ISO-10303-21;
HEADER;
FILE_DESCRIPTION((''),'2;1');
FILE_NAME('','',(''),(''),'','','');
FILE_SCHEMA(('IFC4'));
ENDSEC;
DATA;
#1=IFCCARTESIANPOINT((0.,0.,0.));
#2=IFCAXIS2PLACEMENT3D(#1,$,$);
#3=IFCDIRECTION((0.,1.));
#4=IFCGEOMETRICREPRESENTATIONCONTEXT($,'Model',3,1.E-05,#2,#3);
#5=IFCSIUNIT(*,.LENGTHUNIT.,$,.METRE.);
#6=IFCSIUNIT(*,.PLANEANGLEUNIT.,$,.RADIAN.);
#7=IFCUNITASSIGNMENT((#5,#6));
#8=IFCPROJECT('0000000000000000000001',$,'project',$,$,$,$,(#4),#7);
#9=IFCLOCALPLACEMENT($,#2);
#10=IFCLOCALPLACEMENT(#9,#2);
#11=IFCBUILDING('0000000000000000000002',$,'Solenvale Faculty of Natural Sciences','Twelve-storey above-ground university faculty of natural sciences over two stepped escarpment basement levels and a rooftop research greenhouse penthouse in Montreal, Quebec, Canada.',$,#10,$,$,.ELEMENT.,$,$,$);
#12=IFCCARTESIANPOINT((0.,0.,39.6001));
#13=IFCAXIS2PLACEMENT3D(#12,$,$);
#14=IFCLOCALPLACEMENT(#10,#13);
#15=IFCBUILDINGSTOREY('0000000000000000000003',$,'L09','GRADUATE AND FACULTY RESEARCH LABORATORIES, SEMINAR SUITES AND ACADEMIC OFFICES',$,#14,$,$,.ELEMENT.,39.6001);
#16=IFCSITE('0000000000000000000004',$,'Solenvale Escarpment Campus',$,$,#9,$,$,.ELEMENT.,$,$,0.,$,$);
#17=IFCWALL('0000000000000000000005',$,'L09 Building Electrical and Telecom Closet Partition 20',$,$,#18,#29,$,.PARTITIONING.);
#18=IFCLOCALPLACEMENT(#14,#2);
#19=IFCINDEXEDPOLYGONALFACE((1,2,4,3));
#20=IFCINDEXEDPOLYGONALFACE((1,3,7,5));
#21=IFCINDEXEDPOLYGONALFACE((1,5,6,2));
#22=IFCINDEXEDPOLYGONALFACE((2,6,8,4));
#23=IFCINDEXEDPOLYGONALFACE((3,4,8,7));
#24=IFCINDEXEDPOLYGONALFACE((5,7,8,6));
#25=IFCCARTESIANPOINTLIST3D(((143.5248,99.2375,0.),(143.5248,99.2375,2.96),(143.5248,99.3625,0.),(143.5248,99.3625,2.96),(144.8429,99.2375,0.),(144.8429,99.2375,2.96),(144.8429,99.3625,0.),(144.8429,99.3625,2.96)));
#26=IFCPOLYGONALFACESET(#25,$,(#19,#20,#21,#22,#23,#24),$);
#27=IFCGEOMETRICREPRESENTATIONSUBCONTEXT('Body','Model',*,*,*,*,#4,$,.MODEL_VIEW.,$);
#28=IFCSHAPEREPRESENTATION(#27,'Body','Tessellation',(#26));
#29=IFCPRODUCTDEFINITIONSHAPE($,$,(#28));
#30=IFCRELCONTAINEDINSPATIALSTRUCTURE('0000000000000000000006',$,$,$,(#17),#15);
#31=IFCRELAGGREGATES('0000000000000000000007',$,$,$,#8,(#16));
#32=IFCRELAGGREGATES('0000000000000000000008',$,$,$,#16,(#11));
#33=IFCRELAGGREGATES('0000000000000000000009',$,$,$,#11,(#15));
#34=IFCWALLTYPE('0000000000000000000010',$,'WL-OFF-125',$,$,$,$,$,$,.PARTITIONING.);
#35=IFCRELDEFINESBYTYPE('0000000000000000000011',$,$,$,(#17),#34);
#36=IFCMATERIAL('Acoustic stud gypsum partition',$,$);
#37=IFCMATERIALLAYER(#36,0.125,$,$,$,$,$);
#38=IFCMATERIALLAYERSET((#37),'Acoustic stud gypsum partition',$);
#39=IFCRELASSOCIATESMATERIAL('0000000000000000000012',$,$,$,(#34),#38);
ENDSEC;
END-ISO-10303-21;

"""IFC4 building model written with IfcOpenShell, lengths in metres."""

from ifc_helpers import new_model, si_unit, direction, frame, frame_2d, origin, place, context, subcontext, project, spatial, rectangle, extrude, material, layer, layer_set, type_object, element, save


model = new_model("IFC4")

# Units and contexts
model_context = context("Model", 3, precision=1e-05, world=origin(), true_north=direction((0.0, 1.0)))
body_context = subcontext(model_context, "Body", "Model", "MODEL_VIEW")
ifc_project = project(units=[si_unit("LENGTHUNIT", "METRE"), si_unit("PLANEANGLEUNIT", "RADIAN")], contexts=[model_context])

# Site, building, storey
site_placement = place(None, origin())
site = spatial("IfcSite", under=ifc_project, at=site_placement, Name="Solenvale Escarpment Campus", CompositionType="ELEMENT", RefElevation=0.0)
building_placement = place(site_placement, origin())
building = spatial("IfcBuilding", under=site, at=building_placement, Name="Solenvale Faculty of Natural Sciences", Description="Twelve-storey above-ground university faculty of natural sciences over two stepped escarpment basement levels and a rooftop research greenhouse penthouse in Montreal, Quebec, Canada.", CompositionType="ELEMENT")
storey_placement = place(building_placement, frame((0.0, 0.0, 39.6001)))
storey = spatial("IfcBuildingStorey", under=building, at=storey_placement, Name="L09", Description="GRADUATE AND FACULTY RESEARCH LABORATORIES, SEMINAR SUITES AND ACADEMIC OFFICES", CompositionType="ELEMENT", Elevation=39.6001)

# Wall
ifc_material_1 = material(Name="Acoustic stud gypsum partition")
ifc_layer_1 = layer(ifc_material_1, 0.125)
ifc_layer_set_1 = layer_set([ifc_layer_1], Name="Acoustic stud gypsum partition")
wall_type_1 = type_object("IfcWallType", Name="WL-OFF-125", PredefinedType="PARTITIONING", material=ifc_layer_set_1)
wall_1_placement = place(storey_placement, frame((144.843, 99.3, 0.0), z_axis=(0.0, 0.0, 1.0), x_axis=(-1.0, 0.0, 0.0)))
element("IfcWall", 1, at=wall_1_placement, inside=storey, type_object=wall_type_1, Name="L09 Building Electrical and Telecom Closet Partition 20", PredefinedType="PARTITIONING", context=body_context, shape_type="SweptSolid", body=[
    extrude(rectangle(XDim=1.3181, YDim=0.125, at=frame_2d((0.6592, 0.0))), origin(), (0.0, 0.0, 1.0), 2.96),
])

save(model, "model.ifc")
